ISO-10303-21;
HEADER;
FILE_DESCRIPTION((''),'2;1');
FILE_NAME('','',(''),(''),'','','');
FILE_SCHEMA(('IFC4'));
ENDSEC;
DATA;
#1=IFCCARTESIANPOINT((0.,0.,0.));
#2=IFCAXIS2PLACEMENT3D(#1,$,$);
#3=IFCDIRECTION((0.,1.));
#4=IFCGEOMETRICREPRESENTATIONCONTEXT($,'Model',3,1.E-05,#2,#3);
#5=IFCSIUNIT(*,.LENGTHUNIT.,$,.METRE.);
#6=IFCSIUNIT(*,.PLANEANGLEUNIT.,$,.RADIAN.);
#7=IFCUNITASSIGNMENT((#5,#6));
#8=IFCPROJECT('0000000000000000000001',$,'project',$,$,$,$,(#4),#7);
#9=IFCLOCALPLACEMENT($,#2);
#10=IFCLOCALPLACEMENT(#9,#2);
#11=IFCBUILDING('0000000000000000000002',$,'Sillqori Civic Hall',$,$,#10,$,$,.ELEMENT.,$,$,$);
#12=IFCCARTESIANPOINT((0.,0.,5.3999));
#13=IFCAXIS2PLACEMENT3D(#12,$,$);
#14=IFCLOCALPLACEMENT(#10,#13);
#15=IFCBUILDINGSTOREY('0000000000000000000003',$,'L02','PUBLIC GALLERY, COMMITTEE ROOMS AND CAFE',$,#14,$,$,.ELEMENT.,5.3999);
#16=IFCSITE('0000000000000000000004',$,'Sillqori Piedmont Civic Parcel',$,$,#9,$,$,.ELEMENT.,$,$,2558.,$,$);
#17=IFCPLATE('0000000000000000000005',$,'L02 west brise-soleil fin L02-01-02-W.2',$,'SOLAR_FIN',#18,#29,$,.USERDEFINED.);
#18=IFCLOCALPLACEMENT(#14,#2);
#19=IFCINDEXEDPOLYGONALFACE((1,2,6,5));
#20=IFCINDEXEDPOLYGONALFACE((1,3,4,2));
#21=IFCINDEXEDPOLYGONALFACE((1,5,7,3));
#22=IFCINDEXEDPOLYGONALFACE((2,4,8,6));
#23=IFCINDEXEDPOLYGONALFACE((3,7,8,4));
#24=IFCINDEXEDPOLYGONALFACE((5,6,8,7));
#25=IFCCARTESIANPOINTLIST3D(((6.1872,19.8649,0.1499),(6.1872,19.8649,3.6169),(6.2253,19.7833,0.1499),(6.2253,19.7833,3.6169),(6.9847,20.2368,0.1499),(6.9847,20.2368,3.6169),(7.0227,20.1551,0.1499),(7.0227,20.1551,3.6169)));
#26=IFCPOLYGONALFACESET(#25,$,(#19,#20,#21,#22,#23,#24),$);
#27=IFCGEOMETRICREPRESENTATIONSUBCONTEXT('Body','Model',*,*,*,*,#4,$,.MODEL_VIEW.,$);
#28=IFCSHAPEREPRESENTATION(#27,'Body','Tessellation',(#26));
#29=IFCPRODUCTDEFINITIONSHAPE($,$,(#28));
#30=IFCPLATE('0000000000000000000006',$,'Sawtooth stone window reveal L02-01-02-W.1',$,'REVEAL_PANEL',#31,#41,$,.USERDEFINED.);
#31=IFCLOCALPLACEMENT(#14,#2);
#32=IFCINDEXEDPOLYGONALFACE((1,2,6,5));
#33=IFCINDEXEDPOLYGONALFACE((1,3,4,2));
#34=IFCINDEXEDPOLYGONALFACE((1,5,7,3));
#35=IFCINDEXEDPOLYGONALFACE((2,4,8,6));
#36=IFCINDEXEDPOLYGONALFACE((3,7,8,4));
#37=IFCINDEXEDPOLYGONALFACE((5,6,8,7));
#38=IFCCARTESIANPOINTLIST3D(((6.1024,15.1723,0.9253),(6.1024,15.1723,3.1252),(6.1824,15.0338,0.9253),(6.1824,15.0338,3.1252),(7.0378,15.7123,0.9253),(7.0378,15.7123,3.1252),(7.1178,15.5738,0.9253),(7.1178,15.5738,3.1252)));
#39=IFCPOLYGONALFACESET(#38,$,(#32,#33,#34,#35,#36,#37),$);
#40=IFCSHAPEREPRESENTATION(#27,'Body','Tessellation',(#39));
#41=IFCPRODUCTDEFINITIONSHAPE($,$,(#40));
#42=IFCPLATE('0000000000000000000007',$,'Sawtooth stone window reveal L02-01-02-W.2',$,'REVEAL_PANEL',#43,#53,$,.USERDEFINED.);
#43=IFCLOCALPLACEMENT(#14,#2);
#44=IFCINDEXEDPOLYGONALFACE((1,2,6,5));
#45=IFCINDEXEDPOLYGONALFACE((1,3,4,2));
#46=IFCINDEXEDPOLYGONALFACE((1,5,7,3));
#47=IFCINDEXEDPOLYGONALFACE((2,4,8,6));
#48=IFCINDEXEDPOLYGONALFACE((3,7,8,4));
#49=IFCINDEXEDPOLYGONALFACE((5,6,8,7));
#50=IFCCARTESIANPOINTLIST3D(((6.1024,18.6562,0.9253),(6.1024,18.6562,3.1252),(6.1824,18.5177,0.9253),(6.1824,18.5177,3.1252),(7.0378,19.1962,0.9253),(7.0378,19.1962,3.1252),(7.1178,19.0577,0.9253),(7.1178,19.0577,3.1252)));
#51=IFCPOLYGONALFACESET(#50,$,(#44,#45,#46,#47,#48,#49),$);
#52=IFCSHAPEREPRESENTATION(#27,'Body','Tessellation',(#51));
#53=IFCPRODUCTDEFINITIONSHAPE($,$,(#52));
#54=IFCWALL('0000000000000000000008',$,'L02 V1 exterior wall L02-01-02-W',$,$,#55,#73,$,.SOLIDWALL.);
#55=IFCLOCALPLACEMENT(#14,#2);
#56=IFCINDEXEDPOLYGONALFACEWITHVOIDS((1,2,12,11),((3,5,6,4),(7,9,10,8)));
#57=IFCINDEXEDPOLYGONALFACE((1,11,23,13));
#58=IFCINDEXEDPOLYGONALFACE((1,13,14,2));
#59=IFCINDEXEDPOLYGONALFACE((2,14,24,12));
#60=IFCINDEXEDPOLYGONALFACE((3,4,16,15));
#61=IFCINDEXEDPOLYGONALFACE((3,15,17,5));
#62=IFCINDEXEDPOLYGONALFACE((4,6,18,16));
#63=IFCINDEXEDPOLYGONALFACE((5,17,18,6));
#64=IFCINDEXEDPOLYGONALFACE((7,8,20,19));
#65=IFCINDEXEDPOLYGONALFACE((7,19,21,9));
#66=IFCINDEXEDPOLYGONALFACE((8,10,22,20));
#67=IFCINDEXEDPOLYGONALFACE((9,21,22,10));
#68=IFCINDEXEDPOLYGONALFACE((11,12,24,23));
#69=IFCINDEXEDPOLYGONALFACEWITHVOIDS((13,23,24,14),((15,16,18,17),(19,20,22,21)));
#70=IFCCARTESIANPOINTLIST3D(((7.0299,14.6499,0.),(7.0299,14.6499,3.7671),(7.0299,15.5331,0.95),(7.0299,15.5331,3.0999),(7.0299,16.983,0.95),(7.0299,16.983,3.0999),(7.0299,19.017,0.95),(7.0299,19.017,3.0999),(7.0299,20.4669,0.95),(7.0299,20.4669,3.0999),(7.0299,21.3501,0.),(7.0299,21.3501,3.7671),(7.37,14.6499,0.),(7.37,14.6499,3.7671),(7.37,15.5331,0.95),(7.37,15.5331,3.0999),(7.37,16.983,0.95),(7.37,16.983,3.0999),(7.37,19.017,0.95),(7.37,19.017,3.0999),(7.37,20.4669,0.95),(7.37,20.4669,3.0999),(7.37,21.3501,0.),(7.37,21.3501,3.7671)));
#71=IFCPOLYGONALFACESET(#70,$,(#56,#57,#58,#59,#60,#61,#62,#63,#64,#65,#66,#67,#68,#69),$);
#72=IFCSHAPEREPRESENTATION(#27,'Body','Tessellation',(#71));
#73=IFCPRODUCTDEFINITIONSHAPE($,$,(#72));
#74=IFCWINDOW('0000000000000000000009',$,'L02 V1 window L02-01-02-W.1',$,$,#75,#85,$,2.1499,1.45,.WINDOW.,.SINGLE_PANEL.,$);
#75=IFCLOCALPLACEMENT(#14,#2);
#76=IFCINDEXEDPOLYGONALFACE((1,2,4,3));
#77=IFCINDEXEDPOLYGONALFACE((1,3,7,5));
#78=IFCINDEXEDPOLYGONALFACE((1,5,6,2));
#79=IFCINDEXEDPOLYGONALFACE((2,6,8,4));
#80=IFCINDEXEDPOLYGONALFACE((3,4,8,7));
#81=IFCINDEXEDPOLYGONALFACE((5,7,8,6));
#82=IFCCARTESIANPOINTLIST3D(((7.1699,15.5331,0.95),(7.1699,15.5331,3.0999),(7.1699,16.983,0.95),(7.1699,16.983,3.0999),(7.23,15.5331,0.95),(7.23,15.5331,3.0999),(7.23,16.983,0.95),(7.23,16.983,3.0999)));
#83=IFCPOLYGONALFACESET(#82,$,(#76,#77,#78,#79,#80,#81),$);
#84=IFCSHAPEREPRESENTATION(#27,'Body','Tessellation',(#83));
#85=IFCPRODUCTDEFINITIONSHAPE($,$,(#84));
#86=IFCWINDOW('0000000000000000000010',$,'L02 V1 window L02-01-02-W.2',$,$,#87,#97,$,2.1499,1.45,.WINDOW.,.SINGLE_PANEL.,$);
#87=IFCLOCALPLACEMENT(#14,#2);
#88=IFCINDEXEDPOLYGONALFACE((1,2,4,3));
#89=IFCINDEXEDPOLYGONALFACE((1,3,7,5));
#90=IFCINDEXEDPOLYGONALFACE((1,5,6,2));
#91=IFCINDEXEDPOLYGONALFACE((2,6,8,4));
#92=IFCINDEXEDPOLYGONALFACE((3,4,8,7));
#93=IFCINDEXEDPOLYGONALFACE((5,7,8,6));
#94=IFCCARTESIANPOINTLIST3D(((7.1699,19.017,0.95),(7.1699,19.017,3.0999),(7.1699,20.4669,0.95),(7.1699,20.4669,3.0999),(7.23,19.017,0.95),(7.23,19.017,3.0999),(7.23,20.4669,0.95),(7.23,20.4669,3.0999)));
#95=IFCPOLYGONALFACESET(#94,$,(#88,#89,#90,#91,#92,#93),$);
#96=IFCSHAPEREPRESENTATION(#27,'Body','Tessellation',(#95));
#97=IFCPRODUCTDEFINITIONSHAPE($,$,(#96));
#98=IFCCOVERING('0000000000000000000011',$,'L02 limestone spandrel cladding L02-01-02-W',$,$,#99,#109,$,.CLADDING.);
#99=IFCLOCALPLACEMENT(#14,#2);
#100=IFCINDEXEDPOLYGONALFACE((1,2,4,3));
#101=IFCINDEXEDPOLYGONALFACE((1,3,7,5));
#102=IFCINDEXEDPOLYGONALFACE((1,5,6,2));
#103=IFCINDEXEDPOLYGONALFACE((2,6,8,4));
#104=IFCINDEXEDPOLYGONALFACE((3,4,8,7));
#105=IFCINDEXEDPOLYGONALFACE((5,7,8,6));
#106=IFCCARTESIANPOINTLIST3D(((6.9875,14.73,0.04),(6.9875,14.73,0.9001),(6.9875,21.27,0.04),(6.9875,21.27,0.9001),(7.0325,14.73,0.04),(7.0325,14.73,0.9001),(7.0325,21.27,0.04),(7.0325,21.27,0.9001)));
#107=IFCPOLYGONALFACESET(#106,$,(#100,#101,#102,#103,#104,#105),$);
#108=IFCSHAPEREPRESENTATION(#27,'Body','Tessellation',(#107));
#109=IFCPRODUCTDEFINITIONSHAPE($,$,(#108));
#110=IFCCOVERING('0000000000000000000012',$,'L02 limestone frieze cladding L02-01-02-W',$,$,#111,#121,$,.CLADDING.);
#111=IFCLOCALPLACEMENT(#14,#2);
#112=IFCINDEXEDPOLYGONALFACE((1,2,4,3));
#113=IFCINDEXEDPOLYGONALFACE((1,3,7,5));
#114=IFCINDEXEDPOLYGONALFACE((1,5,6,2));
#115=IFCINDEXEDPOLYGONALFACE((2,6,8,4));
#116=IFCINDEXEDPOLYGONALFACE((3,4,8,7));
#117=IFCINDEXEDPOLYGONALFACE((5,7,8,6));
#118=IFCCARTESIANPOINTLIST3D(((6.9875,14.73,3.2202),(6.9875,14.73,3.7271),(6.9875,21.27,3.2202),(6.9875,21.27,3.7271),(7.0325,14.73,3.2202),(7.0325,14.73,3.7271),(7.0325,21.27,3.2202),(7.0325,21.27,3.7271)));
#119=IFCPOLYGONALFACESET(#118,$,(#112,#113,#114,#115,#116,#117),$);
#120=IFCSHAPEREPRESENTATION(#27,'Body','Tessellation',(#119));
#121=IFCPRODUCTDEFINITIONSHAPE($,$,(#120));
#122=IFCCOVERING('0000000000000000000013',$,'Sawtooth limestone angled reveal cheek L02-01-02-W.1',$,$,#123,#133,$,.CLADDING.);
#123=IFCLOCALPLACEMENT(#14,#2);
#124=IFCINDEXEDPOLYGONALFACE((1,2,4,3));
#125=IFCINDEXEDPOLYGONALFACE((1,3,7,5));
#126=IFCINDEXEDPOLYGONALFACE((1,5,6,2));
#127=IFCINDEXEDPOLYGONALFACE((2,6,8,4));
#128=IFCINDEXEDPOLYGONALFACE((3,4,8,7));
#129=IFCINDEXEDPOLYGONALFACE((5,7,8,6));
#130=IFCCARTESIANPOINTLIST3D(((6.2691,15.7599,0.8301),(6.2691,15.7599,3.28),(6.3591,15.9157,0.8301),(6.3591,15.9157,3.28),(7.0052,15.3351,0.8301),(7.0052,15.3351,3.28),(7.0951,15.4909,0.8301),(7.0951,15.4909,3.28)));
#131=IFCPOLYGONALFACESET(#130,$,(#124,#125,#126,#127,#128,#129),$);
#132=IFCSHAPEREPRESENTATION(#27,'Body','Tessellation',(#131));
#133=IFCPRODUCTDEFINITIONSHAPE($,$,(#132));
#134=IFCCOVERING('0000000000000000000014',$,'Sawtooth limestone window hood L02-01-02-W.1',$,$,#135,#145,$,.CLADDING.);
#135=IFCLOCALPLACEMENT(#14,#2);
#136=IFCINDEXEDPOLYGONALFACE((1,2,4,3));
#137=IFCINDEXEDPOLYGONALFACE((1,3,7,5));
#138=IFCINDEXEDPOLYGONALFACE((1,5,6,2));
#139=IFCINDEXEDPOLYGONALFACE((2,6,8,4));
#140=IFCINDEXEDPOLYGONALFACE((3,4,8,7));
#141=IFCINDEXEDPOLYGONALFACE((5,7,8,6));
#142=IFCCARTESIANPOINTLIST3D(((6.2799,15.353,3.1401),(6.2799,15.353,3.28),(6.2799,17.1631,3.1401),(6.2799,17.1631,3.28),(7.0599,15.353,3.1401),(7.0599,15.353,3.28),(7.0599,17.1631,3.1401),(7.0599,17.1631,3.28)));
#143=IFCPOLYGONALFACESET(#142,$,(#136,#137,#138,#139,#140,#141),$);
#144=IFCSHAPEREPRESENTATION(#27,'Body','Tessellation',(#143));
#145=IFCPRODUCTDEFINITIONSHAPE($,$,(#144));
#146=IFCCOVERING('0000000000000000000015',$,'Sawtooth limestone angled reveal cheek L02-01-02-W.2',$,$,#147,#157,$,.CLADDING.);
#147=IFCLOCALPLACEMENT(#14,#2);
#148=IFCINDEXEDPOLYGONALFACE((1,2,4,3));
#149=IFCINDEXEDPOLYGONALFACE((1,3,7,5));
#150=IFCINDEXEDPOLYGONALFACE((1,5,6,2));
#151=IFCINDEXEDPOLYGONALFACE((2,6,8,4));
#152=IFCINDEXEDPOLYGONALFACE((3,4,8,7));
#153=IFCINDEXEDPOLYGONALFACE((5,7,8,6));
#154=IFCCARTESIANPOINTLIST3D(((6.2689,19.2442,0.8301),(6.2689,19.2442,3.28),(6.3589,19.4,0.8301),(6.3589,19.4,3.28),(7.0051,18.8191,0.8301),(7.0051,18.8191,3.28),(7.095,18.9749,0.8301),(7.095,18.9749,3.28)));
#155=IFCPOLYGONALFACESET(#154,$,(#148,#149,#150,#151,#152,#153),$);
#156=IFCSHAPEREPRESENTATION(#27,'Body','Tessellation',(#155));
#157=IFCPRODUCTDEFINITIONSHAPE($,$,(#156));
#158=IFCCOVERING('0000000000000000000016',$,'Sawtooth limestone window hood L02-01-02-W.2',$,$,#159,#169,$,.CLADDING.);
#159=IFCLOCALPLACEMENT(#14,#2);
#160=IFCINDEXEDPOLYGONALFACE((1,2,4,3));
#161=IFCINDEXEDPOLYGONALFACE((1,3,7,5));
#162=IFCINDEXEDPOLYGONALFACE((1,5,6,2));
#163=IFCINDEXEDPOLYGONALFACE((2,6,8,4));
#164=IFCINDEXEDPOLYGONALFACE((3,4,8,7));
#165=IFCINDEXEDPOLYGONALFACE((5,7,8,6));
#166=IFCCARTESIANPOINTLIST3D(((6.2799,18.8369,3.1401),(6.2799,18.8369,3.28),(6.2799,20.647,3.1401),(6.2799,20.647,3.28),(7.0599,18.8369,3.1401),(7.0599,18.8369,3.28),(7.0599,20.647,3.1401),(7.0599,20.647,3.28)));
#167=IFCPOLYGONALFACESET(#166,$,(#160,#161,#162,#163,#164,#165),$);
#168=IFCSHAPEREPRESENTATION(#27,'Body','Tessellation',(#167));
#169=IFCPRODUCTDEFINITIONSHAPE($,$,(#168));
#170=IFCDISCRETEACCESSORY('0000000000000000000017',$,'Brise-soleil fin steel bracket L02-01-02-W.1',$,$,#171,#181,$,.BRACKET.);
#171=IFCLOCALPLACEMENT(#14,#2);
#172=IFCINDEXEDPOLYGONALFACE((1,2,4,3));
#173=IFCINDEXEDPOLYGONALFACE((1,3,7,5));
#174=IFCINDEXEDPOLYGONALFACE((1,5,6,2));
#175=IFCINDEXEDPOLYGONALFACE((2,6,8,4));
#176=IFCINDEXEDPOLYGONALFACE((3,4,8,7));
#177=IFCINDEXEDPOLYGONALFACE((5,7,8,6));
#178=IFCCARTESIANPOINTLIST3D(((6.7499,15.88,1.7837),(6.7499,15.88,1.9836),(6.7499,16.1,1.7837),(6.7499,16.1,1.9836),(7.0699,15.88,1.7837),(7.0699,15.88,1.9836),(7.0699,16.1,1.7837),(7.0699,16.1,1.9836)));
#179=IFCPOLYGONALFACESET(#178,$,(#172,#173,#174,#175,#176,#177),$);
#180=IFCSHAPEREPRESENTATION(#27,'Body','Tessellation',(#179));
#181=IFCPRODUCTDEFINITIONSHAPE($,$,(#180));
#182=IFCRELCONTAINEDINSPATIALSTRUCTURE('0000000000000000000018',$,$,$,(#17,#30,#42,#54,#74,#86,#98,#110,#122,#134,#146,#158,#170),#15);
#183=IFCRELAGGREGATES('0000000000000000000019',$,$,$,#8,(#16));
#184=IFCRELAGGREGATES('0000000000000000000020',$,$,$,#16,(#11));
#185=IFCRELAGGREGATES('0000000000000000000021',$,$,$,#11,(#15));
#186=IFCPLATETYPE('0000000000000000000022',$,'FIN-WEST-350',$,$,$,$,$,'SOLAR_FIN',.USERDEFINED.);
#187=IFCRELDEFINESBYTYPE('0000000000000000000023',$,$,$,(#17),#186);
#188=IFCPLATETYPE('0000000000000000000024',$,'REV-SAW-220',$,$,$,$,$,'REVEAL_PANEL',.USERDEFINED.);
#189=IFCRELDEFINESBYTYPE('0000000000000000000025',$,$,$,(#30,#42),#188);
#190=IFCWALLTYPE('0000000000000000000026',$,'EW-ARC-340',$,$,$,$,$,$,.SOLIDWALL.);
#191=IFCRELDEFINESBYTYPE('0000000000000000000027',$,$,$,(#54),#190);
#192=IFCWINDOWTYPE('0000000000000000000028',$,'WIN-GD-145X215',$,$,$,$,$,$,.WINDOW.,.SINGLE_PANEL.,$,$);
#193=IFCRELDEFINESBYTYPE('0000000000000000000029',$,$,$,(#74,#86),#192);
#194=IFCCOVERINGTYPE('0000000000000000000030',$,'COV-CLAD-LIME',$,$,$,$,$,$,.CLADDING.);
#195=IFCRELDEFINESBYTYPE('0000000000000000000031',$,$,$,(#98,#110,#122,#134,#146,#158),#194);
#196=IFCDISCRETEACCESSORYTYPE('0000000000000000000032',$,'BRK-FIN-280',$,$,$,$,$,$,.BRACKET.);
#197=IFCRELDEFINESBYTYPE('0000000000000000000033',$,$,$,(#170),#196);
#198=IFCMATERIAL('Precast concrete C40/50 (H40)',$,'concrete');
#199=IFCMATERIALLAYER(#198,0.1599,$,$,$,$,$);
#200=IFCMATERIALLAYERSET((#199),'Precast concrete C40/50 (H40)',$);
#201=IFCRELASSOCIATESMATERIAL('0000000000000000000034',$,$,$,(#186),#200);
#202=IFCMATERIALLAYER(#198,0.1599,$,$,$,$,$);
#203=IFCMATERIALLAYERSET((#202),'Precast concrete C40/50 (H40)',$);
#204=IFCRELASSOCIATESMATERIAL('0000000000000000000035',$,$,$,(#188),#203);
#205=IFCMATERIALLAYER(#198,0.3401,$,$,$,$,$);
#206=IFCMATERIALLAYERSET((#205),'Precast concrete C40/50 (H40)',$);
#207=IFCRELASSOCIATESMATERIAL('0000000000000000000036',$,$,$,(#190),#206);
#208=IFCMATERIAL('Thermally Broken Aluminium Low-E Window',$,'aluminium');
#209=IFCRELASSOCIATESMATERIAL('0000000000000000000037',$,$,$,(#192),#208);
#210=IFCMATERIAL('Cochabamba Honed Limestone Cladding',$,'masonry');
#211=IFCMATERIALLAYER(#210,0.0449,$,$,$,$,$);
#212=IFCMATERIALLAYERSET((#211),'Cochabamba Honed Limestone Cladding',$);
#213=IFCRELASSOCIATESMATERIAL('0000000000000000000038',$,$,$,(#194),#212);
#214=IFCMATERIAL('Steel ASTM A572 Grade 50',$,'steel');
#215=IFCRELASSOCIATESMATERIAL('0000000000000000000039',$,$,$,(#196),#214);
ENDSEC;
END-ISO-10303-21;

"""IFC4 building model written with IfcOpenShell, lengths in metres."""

from ifc_helpers import new_model, si_unit, direction, frame, frame_2d, origin, origin_2d, place, context, subcontext, project, spatial, rectangle, extrude, material, layer, layer_set, type_object, element, fill, save


model = new_model("IFC4")

# Units and contexts
model_context = context("Model", 3, precision=1e-05, world=origin(), true_north=direction((0.0, 1.0)))
body_context = subcontext(model_context, "Body", "Model", "MODEL_VIEW")
ifc_project = project(units=[si_unit("LENGTHUNIT", "METRE"), si_unit("PLANEANGLEUNIT", "RADIAN")], contexts=[model_context])

# Site, building, storey
site_placement = place(None, origin())
site = spatial("IfcSite", under=ifc_project, at=site_placement, Name="Sillqori Piedmont Civic Parcel", CompositionType="ELEMENT", RefElevation=2558.0)
building_placement = place(site_placement, origin())
building = spatial("IfcBuilding", under=site, at=building_placement, Name="Sillqori Civic Hall", CompositionType="ELEMENT")
storey_placement = place(building_placement, frame((0.0, 0.0, 5.3999)))
storey = spatial("IfcBuildingStorey", under=building, at=storey_placement, Name="L02", Description="PUBLIC GALLERY, COMMITTEE ROOMS AND CAFE", CompositionType="ELEMENT", Elevation=5.3999)

# Plates
ifc_material_1 = material(Name="Precast concrete C40/50 (H40)", Category="concrete")
ifc_layer_1 = layer(ifc_material_1, 0.1599)
ifc_layer_set_1 = layer_set([ifc_layer_1], Name="Precast concrete C40/50 (H40)")
plate_type_1 = type_object("IfcPlateType", Name="FIN-WEST-350", ElementType="SOLAR_FIN", PredefinedType="USERDEFINED", material=ifc_layer_set_1)
for number, where, z_axis, x_axis, name in (
    (1, (6.605, 20.01, 0.1499), (0.0, 0.0, 1.0), (-0.422618, 0.906308, 0.0), "L02 west brise-soleil fin L02-01-02-W.2"),
):
    element("IfcPlate", number, at=place(storey_placement, frame(where, z_axis=z_axis, x_axis=x_axis)), inside=storey, type_object=plate_type_1, Name=name, ObjectType="SOLAR_FIN", PredefinedType="USERDEFINED", context=body_context, shape_type="SweptSolid", body=[
        extrude(rectangle(XDim=0.0901, YDim=0.8799, at=origin_2d()), origin(), (0.0, 0.0, 1.0), 3.467),
    ])
ifc_layer_2 = layer(ifc_material_1, 0.1599)
ifc_layer_set_2 = layer_set([ifc_layer_2], Name="Precast concrete C40/50 (H40)")
plate_type_2 = type_object("IfcPlateType", Name="REV-SAW-220", ElementType="REVEAL_PANEL", PredefinedType="USERDEFINED", material=ifc_layer_set_2)
for number, where, z_axis, x_axis, name in (
    (2, (6.6101, 15.373, 0.9253), (0.0, 0.0, 1.0), (-0.5, 0.866025, 0.0), "Sawtooth stone window reveal L02-01-02-W.1"),
    (3, (6.6101, 18.8569, 0.9253), (0.0, 0.0, 1.0), (-0.5, 0.866025, 0.0), "Sawtooth stone window reveal L02-01-02-W.2"),
):
    element("IfcPlate", number, at=place(storey_placement, frame(where, z_axis=z_axis, x_axis=x_axis)), inside=storey, type_object=plate_type_2, Name=name, ObjectType="REVEAL_PANEL", PredefinedType="USERDEFINED", context=body_context, shape_type="SweptSolid", body=[
        extrude(rectangle(XDim=0.1599, YDim=1.0801, at=origin_2d()), origin(), (0.0, 0.0, 1.0), 2.2),
    ])

# Wall, openings, windows
ifc_layer_3 = layer(ifc_material_1, 0.3401)
ifc_layer_set_3 = layer_set([ifc_layer_3], Name="Precast concrete C40/50 (H40)")
wall_type = type_object("IfcWallType", Name="EW-ARC-340", PredefinedType="SOLIDWALL", material=ifc_layer_set_3)
wall_placement = place(storey_placement, frame((7.2, 14.6499, 0.0), z_axis=(0.0, 0.0, 1.0), x_axis=(0.0, 1.0, 0.0)))
wall = element("IfcWall", 4, at=wall_placement, inside=storey, type_object=wall_type, Name="L02 V1 exterior wall L02-01-02-W", PredefinedType="SOLIDWALL", context=body_context, shape_type="SweptSolid", body=[
    extrude(rectangle(XDim=6.7002, YDim=0.3401, at=frame_2d((3.3501, 0.0))), origin(), (0.0, 0.0, 1.0), 3.7671),
])
opening_1_placement = place(wall_placement, frame((0.8831, 0.0, 0.95)))
opening_1 = element("IfcOpeningElement", 5, at=opening_1_placement, cuts=wall, PredefinedType="OPENING", context=body_context, shape_type="SweptSolid", body=[
    extrude(rectangle(XDim=1.45, YDim=2.1499, at=frame_2d((0.7251, 1.075))), frame((0.0, 0.1799, 0.0), z_axis=(0.0, -1.0, 0.0), x_axis=(1.0, 0.0, 0.0)), (0.0, 0.0, 1.0), 0.3601),
])
opening_2_placement = place(wall_placement, frame((4.3669, 0.0, 0.95)))
opening_2 = element("IfcOpeningElement", 6, at=opening_2_placement, cuts=wall, PredefinedType="OPENING", context=body_context, shape_type="SweptSolid", body=[
    extrude(rectangle(XDim=1.45, YDim=2.1499, at=frame_2d((0.7251, 1.075))), frame((0.0, 0.1799, 0.0), z_axis=(0.0, -1.0, 0.0), x_axis=(1.0, 0.0, 0.0)), (0.0, 0.0, 1.0), 0.3601),
])
ifc_material_2 = material(Name="Thermally Broken Aluminium Low-E Window", Category="aluminium")
window_type = type_object("IfcWindowType", Name="WIN-GD-145X215", PartitioningType="SINGLE_PANEL", PredefinedType="WINDOW", material=ifc_material_2)
window_1_placement = place(opening_1_placement, origin())
window_1 = element("IfcWindow", 7, at=window_1_placement, inside=storey, type_object=window_type, Name="L02 V1 window L02-01-02-W.1", OverallHeight=2.1499, OverallWidth=1.45, PartitioningType="SINGLE_PANEL", PredefinedType="WINDOW", context=body_context, shape_type="SweptSolid", body=[
    extrude(rectangle(XDim=1.45, YDim=2.1499, at=frame_2d((0.7251, 1.075))), frame((0.0, 0.03, 0.0), z_axis=(0.0, -1.0, 0.0), x_axis=(1.0, 0.0, 0.0)), (0.0, 0.0, 1.0), 0.0601),
])
fill(opening_1, window_1)
window_2_placement = place(opening_2_placement, origin())
window_2 = element("IfcWindow", 8, at=window_2_placement, inside=storey, type_object=window_type, Name="L02 V1 window L02-01-02-W.2", OverallHeight=2.1499, OverallWidth=1.45, PartitioningType="SINGLE_PANEL", PredefinedType="WINDOW", context=body_context, shape_type="SweptSolid", body=[
    extrude(rectangle(XDim=1.45, YDim=2.1499, at=frame_2d((0.7251, 1.075))), frame((0.0, 0.03, 0.0), z_axis=(0.0, -1.0, 0.0), x_axis=(1.0, 0.0, 0.0)), (0.0, 0.0, 1.0), 0.0601),
])
fill(opening_2, window_2)

# Coverings
ifc_material_3 = material(Name="Cochabamba Honed Limestone Cladding", Category="masonry")
ifc_layer_4 = layer(ifc_material_3, 0.0449)
ifc_layer_set_4 = layer_set([ifc_layer_4], Name="Cochabamba Honed Limestone Cladding")
covering_type = type_object("IfcCoveringType", Name="COV-CLAD-LIME", PredefinedType="CLADDING", material=ifc_layer_set_4)
covering_1_placement = place(storey_placement, frame((7.01, 14.73, 0.04), z_axis=(0.0, 0.0, 1.0), x_axis=(0.0, 1.0, 0.0)))
element("IfcCovering", 9, at=covering_1_placement, inside=storey, type_object=covering_type, Name="L02 limestone spandrel cladding L02-01-02-W", PredefinedType="CLADDING", context=body_context, shape_type="SweptSolid", body=[
    extrude(rectangle(XDim=6.54, YDim=0.0449, at=frame_2d((3.27, 0.0))), origin(), (0.0, 0.0, 1.0), 0.8601),
])
covering_2_placement = place(storey_placement, frame((7.01, 14.73, 3.2202), z_axis=(0.0, 0.0, 1.0), x_axis=(0.0, 1.0, 0.0)))
element("IfcCovering", 10, at=covering_2_placement, inside=storey, type_object=covering_type, Name="L02 limestone frieze cladding L02-01-02-W", PredefinedType="CLADDING", context=body_context, shape_type="SweptSolid", body=[
    extrude(rectangle(XDim=6.54, YDim=0.0449, at=frame_2d((3.27, 0.0))), origin(), (0.0, 0.0, 1.0), 0.5068),
])
covering_3_placement = place(storey_placement, frame((7.05, 15.4131, 0.8301), z_axis=(0.0, 0.0, 1.0), x_axis=(-0.866114, 0.499847, 0.0)))
element("IfcCovering", 11, at=covering_3_placement, inside=storey, type_object=covering_type, Name="Sawtooth limestone angled reveal cheek L02-01-02-W.1", PredefinedType="CLADDING", context=body_context, shape_type="SweptSolid", body=[
    extrude(rectangle(XDim=0.8499, YDim=0.1799, at=frame_2d((0.4248, 0.0))), origin(), (0.0, 0.0, 1.0), 2.45),
])
covering_4_placement = place(storey_placement, frame((6.6699, 15.353, 3.1401), z_axis=(0.0, 0.0, 1.0), x_axis=(0.0, 1.0, 0.0)))
element("IfcCovering", 12, at=covering_4_placement, inside=storey, type_object=covering_type, Name="Sawtooth limestone window hood L02-01-02-W.1", PredefinedType="CLADDING", context=body_context, shape_type="SweptSolid", body=[
    extrude(rectangle(XDim=1.8101, YDim=0.78, at=frame_2d((0.905, 0.0))), origin(), (0.0, 0.0, 1.0), 0.1399),
])
covering_5_placement = place(storey_placement, frame((7.05, 18.897, 0.8301), z_axis=(0.0, 0.0, 1.0), x_axis=(-0.865989, 0.500062, 0.0)))
element("IfcCovering", 13, at=covering_5_placement, inside=storey, type_object=covering_type, Name="Sawtooth limestone angled reveal cheek L02-01-02-W.2", PredefinedType="CLADDING", context=body_context, shape_type="SweptSolid", body=[
    extrude(rectangle(XDim=0.8501, YDim=0.1799, at=frame_2d((0.425, 0.0))), origin(), (0.0, 0.0, 1.0), 2.45),
])
covering_6_placement = place(storey_placement, frame((6.6699, 18.8369, 3.1401), z_axis=(0.0, 0.0, 1.0), x_axis=(0.0, 1.0, 0.0)))
element("IfcCovering", 14, at=covering_6_placement, inside=storey, type_object=covering_type, Name="Sawtooth limestone window hood L02-01-02-W.2", PredefinedType="CLADDING", context=body_context, shape_type="SweptSolid", body=[
    extrude(rectangle(XDim=1.8101, YDim=0.78, at=frame_2d((0.905, 0.0))), origin(), (0.0, 0.0, 1.0), 0.1399),
])

# Discrete accessory
ifc_material_4 = material(Name="Steel ASTM A572 Grade 50", Category="steel")
discrete_accessory_type = type_object("IfcDiscreteAccessoryType", Name="BRK-FIN-280", PredefinedType="BRACKET", material=ifc_material_4)
for number, where, z_axis, x_axis, name in (
    (15, (6.9099, 15.99, 1.7837), (0.0, 0.0, 1.0), (0.0, 1.0, 0.0), "Brise-soleil fin steel bracket L02-01-02-W.1"),
):
    element("IfcDiscreteAccessory", number, at=place(storey_placement, frame(where, z_axis=z_axis, x_axis=x_axis)), inside=storey, type_object=discrete_accessory_type, Name=name, PredefinedType="BRACKET", context=body_context, shape_type="SweptSolid", body=[
        extrude(rectangle(XDim=0.22, YDim=0.3201, at=origin_2d()), origin(), (0.0, 0.0, 1.0), 0.2),
    ])

save(model, "model.ifc")
